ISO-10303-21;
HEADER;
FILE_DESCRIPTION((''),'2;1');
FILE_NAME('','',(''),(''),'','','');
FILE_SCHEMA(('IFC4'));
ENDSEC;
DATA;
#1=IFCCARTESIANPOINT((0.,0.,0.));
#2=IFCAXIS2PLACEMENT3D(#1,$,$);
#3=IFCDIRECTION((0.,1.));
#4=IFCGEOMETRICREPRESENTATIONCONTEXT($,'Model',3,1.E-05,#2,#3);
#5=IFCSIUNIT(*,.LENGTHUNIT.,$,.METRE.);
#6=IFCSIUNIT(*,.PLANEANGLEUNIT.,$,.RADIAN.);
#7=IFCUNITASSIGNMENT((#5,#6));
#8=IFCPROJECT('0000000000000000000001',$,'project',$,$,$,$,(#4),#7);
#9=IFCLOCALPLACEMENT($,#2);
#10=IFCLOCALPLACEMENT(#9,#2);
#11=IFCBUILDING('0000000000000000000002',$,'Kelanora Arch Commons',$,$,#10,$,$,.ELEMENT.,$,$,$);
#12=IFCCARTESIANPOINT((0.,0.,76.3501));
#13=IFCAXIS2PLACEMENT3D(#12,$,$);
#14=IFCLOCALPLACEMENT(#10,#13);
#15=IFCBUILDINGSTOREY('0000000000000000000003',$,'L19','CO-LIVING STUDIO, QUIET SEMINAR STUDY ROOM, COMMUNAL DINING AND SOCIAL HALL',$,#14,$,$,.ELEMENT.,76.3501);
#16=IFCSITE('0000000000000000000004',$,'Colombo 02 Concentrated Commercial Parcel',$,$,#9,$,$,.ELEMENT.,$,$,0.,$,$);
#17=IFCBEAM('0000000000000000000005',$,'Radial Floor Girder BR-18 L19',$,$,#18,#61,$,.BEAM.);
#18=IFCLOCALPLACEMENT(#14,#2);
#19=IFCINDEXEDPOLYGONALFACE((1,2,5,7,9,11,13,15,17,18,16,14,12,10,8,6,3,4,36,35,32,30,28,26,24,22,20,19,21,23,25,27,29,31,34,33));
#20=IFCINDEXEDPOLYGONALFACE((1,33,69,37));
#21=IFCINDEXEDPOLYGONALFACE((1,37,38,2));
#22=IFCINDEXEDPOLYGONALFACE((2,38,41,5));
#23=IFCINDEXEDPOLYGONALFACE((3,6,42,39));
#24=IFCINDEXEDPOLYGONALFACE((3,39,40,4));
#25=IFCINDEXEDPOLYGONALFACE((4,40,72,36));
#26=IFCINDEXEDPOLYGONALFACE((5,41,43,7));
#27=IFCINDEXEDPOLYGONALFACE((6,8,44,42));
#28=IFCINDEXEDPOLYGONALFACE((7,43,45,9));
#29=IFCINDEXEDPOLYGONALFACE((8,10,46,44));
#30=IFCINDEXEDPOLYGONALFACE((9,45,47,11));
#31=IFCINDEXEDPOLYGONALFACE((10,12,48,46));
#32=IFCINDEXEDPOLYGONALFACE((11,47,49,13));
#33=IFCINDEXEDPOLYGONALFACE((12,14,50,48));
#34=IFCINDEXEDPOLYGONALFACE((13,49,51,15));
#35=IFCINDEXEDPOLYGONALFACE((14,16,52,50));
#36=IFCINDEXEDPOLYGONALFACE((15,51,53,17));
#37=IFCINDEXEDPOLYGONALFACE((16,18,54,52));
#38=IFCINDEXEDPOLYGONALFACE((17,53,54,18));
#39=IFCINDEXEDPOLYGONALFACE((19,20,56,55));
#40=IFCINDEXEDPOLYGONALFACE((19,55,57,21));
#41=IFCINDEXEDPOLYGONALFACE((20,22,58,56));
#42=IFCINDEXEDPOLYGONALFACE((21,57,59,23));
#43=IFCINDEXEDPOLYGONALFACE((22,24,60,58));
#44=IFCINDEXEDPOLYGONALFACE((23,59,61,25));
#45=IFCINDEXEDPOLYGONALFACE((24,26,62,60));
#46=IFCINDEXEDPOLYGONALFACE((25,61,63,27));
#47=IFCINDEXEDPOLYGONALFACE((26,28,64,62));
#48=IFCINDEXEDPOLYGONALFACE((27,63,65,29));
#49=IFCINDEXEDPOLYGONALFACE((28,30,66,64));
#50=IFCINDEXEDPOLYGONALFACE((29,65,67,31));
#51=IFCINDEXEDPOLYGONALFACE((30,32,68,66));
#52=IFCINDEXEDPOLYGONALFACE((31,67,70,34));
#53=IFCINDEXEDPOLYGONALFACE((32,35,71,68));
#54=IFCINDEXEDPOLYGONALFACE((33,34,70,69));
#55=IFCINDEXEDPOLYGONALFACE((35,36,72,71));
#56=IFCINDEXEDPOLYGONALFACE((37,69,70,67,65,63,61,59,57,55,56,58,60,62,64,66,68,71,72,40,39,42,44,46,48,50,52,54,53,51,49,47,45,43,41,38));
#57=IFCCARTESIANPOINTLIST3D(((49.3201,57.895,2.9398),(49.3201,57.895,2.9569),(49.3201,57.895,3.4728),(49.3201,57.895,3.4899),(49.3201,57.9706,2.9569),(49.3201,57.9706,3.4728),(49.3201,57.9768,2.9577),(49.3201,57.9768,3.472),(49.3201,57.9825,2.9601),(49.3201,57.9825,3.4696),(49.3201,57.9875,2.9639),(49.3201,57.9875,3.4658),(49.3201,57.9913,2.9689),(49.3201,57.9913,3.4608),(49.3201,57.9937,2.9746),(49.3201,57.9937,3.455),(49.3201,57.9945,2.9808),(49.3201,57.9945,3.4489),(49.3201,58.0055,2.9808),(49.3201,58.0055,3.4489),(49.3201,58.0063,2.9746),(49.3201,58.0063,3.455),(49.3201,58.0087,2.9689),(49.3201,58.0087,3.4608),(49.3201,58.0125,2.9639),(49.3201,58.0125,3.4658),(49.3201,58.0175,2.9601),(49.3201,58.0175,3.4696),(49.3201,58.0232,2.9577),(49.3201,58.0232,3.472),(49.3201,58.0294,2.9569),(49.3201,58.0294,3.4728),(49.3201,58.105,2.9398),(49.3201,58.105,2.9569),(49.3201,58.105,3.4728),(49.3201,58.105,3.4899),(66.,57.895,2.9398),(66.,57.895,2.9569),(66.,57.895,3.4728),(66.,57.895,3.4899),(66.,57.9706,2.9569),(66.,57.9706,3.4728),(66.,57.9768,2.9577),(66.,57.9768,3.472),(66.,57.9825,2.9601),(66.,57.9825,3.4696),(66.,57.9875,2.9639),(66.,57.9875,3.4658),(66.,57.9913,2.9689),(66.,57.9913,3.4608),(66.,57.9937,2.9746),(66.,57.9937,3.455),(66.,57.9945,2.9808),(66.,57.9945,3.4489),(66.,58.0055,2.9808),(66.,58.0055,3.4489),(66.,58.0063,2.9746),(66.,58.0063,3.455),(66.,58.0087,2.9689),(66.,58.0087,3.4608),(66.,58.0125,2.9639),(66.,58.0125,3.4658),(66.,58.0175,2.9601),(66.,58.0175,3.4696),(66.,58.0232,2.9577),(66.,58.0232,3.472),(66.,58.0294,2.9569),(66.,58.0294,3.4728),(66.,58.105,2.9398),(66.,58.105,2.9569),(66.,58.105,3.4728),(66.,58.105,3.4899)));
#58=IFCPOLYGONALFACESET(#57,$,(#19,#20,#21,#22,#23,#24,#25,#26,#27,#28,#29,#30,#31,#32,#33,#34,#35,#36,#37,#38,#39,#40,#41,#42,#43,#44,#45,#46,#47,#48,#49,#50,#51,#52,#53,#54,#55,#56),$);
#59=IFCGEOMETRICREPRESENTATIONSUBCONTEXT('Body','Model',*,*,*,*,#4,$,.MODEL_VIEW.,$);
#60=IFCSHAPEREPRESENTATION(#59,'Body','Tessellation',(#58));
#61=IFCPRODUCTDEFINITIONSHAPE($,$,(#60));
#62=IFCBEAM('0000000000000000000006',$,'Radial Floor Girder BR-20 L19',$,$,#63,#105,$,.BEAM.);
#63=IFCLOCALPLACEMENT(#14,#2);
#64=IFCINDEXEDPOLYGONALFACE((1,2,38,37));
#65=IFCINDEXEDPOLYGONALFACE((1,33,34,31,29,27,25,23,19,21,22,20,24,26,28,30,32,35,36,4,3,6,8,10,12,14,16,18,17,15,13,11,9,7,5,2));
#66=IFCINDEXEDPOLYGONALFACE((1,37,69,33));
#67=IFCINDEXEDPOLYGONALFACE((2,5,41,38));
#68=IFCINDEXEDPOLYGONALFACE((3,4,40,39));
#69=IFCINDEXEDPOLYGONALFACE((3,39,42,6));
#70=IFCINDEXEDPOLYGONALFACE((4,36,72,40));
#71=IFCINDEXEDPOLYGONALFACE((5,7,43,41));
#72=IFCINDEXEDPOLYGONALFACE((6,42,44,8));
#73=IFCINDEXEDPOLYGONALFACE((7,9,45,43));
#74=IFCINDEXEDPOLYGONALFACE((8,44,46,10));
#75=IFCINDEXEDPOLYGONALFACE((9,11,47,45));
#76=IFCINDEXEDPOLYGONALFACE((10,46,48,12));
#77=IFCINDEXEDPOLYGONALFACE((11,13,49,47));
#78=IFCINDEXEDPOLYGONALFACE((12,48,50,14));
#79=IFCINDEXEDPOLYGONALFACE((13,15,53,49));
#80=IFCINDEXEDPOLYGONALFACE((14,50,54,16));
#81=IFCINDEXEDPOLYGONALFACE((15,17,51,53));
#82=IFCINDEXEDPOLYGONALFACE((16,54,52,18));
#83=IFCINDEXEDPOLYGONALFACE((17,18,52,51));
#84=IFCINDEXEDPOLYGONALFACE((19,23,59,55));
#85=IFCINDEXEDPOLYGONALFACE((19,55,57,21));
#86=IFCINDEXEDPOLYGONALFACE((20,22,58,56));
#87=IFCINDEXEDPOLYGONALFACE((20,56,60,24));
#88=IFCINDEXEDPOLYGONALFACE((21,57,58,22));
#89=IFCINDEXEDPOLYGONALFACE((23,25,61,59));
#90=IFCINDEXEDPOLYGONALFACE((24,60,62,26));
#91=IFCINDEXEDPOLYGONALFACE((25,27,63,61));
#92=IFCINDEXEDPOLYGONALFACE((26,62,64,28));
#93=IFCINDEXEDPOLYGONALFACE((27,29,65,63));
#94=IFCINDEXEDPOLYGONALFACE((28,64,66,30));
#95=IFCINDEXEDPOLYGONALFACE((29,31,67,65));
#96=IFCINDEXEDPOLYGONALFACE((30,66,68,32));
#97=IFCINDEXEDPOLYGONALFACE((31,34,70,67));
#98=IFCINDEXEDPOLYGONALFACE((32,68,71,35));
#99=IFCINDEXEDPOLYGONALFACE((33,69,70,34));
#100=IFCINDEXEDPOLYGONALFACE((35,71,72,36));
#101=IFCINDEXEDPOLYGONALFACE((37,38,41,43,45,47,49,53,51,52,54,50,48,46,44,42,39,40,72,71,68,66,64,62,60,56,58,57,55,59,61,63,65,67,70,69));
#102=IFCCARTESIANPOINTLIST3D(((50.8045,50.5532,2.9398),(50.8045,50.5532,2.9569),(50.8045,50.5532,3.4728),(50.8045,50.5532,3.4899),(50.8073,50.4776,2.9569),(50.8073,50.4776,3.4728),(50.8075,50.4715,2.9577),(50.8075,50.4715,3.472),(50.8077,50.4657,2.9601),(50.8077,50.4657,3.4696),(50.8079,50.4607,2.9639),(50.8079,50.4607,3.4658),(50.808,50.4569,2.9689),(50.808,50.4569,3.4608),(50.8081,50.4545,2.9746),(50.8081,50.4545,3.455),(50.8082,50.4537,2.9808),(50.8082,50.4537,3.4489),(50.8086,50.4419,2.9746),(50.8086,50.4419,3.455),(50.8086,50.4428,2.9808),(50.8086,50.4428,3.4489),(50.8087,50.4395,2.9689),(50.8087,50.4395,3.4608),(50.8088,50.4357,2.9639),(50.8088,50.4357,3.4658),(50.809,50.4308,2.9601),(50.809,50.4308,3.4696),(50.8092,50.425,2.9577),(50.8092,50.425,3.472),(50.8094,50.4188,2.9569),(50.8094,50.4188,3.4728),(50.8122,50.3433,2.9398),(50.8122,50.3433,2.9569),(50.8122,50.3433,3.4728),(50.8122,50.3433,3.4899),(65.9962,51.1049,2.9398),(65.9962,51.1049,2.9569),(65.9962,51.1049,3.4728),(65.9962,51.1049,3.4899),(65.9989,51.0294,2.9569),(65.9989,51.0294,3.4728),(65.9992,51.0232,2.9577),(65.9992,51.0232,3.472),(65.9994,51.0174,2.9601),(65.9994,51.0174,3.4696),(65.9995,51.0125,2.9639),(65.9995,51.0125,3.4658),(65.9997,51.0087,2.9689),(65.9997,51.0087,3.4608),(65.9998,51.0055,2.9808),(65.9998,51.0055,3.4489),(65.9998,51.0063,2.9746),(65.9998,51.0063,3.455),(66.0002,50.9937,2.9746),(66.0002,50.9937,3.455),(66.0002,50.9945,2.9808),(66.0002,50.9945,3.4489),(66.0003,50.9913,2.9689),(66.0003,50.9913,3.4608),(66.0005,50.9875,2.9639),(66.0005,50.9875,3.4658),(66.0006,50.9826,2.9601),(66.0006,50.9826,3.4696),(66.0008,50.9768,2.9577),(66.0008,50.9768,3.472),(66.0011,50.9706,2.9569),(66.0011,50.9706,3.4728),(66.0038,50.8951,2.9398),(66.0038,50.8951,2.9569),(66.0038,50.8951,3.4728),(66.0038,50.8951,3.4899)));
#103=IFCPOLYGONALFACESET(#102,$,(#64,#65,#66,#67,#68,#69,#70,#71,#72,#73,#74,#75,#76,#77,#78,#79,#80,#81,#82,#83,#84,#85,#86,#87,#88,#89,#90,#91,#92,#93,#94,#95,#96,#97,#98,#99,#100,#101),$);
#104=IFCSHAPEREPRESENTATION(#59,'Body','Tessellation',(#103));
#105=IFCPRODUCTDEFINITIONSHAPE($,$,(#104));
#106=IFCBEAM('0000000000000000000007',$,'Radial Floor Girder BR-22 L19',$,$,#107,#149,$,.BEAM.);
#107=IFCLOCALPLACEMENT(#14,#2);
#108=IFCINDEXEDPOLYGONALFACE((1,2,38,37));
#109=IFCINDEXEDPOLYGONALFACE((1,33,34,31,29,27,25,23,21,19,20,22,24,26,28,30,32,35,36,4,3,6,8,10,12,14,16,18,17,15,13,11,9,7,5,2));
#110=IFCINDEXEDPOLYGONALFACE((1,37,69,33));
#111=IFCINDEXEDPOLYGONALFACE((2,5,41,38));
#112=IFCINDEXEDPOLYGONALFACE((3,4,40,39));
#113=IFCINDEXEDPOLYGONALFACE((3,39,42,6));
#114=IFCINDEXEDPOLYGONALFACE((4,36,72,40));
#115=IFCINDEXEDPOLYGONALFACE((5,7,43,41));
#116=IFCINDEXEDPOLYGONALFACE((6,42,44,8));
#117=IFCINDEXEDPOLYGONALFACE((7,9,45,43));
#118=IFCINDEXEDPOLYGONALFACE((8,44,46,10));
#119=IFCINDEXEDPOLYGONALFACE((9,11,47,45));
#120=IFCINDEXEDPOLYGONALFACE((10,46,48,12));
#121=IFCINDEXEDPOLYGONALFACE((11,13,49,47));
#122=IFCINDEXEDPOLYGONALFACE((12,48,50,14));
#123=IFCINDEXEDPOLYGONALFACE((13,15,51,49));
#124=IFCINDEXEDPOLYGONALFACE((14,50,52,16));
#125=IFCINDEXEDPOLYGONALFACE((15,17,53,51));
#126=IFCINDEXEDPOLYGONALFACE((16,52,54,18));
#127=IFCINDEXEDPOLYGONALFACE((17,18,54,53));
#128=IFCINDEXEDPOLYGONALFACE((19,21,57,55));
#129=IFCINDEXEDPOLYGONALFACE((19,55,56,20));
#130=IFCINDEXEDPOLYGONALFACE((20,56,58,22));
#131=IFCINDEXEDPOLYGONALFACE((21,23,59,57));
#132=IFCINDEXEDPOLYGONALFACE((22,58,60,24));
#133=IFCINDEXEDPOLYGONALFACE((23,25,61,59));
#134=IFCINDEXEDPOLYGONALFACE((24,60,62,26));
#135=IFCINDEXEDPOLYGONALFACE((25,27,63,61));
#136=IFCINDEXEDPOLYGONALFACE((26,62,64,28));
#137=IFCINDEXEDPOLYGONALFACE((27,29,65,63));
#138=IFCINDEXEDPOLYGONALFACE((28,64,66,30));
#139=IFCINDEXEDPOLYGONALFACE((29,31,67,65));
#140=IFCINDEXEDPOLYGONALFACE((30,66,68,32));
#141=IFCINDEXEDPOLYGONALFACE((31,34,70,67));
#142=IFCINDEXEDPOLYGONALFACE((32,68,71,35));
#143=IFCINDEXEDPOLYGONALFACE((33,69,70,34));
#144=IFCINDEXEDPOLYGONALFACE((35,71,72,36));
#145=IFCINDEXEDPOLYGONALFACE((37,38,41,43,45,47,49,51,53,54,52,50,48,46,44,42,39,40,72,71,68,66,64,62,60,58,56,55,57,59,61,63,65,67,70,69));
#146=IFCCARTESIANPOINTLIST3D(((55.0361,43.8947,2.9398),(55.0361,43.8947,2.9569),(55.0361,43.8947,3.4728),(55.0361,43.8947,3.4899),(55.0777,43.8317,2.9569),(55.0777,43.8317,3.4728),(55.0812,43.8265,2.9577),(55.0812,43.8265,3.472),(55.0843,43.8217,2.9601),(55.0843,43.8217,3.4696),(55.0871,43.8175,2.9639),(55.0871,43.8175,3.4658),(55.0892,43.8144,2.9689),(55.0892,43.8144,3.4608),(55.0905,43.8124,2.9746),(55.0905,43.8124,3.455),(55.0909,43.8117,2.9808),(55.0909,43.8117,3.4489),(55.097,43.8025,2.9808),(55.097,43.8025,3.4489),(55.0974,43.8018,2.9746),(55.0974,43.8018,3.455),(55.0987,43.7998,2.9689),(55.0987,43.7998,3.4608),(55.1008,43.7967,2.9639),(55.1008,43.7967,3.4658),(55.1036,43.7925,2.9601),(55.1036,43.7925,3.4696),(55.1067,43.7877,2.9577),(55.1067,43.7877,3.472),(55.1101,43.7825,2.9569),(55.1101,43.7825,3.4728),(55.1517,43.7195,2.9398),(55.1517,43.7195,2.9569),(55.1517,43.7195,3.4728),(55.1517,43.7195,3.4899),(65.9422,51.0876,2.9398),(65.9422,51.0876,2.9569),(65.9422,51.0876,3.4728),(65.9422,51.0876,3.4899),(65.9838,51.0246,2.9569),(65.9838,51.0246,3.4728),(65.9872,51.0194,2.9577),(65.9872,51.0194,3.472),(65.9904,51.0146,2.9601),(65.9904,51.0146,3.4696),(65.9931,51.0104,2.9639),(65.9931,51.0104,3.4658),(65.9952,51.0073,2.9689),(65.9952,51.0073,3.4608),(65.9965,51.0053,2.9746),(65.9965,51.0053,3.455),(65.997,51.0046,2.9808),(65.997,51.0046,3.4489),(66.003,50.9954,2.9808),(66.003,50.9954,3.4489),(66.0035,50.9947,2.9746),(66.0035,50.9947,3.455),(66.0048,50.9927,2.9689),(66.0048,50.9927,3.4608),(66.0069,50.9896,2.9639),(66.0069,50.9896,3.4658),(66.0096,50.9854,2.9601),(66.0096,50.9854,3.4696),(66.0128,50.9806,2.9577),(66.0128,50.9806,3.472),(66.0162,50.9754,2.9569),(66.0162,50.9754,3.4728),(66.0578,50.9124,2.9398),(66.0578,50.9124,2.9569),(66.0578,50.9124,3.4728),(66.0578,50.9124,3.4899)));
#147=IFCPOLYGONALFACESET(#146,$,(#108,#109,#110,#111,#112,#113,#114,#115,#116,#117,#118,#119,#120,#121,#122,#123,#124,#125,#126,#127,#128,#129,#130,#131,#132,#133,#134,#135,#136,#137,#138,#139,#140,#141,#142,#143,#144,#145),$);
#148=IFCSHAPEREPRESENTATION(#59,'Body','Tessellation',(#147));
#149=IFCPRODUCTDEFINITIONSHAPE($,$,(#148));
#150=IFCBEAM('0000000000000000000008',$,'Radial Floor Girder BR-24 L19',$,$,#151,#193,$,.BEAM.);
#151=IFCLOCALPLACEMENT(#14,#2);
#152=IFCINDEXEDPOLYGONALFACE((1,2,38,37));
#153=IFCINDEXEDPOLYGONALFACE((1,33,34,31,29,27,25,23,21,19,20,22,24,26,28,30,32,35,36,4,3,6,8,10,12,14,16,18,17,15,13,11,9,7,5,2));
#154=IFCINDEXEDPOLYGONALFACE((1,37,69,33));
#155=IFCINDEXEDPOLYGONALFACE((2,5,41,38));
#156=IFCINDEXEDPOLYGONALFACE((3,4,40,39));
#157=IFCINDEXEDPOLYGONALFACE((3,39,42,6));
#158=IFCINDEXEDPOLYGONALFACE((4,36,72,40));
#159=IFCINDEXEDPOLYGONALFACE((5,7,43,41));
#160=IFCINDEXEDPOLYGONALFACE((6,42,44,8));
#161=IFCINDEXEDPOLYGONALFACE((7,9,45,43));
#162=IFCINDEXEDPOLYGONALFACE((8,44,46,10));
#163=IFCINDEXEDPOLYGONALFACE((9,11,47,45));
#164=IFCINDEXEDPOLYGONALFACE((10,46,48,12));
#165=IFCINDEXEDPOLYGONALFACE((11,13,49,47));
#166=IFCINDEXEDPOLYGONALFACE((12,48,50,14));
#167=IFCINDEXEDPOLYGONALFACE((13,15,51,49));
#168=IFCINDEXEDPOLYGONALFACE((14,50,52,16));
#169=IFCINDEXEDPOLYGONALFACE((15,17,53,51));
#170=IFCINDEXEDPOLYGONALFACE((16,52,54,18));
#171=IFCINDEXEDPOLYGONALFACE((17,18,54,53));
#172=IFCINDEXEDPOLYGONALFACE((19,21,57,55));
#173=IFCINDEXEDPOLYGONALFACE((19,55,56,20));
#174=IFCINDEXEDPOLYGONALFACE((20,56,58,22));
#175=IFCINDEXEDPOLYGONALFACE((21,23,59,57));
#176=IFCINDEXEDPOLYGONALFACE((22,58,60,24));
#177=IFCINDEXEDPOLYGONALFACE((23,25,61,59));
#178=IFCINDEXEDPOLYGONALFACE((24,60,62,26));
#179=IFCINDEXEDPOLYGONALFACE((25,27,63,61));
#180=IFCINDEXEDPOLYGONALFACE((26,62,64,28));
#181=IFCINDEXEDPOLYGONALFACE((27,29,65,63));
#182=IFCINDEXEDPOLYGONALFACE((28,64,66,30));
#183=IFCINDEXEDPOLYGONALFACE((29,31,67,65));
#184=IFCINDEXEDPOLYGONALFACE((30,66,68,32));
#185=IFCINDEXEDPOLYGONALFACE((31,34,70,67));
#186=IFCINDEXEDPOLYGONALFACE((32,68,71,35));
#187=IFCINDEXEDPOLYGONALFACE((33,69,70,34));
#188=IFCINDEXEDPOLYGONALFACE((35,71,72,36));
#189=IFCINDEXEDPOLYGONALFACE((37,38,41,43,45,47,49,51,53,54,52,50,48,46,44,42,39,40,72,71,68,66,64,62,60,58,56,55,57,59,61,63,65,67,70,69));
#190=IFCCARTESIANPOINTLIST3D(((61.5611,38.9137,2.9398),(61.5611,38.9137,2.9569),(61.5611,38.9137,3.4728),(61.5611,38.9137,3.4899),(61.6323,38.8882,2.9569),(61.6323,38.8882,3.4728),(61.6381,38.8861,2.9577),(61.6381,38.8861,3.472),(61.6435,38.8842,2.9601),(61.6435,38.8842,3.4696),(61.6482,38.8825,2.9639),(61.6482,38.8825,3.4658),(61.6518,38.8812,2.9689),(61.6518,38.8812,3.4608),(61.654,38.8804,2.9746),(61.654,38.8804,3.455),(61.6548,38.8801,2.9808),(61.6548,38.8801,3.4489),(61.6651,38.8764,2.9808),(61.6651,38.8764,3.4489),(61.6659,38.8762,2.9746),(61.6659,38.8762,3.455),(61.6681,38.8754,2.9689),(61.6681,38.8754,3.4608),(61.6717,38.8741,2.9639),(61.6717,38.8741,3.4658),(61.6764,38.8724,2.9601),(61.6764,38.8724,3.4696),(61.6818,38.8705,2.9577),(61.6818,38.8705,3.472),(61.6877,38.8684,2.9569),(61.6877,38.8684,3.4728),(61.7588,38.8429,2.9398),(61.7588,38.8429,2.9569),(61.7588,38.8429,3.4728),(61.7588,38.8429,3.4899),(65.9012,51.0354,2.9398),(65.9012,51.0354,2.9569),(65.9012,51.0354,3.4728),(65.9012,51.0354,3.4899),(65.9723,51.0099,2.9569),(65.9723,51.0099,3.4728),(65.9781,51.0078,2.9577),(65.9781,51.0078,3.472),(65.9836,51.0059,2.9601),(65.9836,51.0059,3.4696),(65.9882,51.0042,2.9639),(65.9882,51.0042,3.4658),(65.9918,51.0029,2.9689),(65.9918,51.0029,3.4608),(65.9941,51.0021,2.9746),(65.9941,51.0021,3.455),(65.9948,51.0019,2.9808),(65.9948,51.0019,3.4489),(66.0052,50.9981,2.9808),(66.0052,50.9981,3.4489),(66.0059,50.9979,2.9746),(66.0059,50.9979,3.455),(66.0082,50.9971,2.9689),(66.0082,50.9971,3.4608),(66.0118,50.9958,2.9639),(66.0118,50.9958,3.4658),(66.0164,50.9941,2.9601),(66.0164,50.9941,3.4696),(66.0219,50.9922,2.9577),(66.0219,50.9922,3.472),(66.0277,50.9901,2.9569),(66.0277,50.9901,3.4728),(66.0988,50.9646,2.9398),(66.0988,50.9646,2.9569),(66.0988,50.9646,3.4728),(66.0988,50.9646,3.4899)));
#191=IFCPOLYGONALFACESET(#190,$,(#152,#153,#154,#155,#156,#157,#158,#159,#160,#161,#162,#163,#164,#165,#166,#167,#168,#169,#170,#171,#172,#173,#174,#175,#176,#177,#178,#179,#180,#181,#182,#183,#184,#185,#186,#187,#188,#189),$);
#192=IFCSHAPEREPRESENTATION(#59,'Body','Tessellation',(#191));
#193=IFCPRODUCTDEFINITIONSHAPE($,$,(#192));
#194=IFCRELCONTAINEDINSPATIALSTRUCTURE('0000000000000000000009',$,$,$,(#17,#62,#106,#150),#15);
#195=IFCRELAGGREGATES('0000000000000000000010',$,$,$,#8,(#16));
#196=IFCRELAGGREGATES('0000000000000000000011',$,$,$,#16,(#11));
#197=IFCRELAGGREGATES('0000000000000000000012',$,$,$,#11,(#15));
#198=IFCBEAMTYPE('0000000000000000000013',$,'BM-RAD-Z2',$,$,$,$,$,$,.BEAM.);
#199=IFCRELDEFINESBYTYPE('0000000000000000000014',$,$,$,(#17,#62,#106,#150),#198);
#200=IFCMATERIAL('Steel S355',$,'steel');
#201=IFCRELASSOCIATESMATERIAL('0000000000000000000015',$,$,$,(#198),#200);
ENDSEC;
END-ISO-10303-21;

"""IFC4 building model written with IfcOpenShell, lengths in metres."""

from ifc_helpers import new_model, si_unit, direction, frame, origin, origin_2d, place, context, subcontext, project, spatial, i_section, extrude, material, material_profile, profile_set, type_object, element, save


model = new_model("IFC4")

# Units and contexts
model_context = context("Model", 3, precision=1e-05, world=origin(), true_north=direction((0.0, 1.0)))
body_context = subcontext(model_context, "Body", "Model", "MODEL_VIEW")
ifc_project = project(units=[si_unit("LENGTHUNIT", "METRE"), si_unit("PLANEANGLEUNIT", "RADIAN")], contexts=[model_context])

# Site, building, storey
site_placement = place(None, origin())
site = spatial("IfcSite", under=ifc_project, at=site_placement, Name="Colombo 02 Concentrated Commercial Parcel", CompositionType="ELEMENT", RefElevation=0.0)
building_placement = place(site_placement, origin())
building = spatial("IfcBuilding", under=site, at=building_placement, Name="Kelanora Arch Commons", CompositionType="ELEMENT")
storey_placement = place(building_placement, frame((0.0, 0.0, 76.3501)))
storey = spatial("IfcBuildingStorey", under=building, at=storey_placement, Name="L19", Description="CO-LIVING STUDIO, QUIET SEMINAR STUDY ROOM, COMMUNAL DINING AND SOCIAL HALL", CompositionType="ELEMENT", Elevation=76.3501)

# Beams
ifc_material_1 = material(Name="Steel S355", Category="steel")
ifc_material_profile_1 = material_profile(ifc_material_1, i_section(OverallWidth=0.21, OverallDepth=0.55, WebThickness=0.011, FlangeThickness=0.0171, FilletRadius=0.0239, at=origin_2d()), Name="IPE550")
ifc_profile_set_1 = profile_set([ifc_material_profile_1], Name="Steel S355")
beam_type_1 = type_object("IfcBeamType", Name="BM-RAD-Z2", PredefinedType="BEAM", material=ifc_profile_set_1)
beam_1_placement = place(storey_placement, frame((66.0, 58.0, 3.2148), z_axis=(-1.0, 0.0, 0.0), x_axis=(0.0, -1.0, 0.0)))
element("IfcBeam", 1, at=beam_1_placement, inside=storey, type_object=beam_type_1, Name="Radial Floor Girder BR-18 L19", PredefinedType="BEAM", context=body_context, shape_type="SweptSolid", body=[
    extrude(i_section(OverallWidth=0.21, OverallDepth=0.55, WebThickness=0.011, FlangeThickness=0.0171, FilletRadius=0.0239, at=origin_2d()), origin(), (0.0, 0.0, 1.0), 16.6799),
])
beam_2_placement = place(storey_placement, frame((66.0, 51.0, 3.2148), z_axis=(-0.999341, -0.036296, 0.0), x_axis=(0.036296, -0.999341, 0.0)))
element("IfcBeam", 2, at=beam_2_placement, inside=storey, type_object=beam_type_1, Name="Radial Floor Girder BR-20 L19", PredefinedType="BEAM", context=body_context, shape_type="SweptSolid", body=[
    extrude(i_section(OverallWidth=0.21, OverallDepth=0.55, WebThickness=0.011, FlangeThickness=0.0171, FilletRadius=0.0239, at=origin_2d()), origin(), (0.0, 0.0, 1.0), 15.2017),
])
beam_3_placement = place(storey_placement, frame((66.0, 51.0, 3.2148), z_axis=(-0.834789, -0.550571, 0.0), x_axis=(0.550571, -0.834789, 0.0)))
element("IfcBeam", 3, at=beam_3_placement, inside=storey, type_object=beam_type_1, Name="Radial Floor Girder BR-22 L19", PredefinedType="BEAM", context=body_context, shape_type="SweptSolid", body=[
    extrude(i_section(OverallWidth=0.21, OverallDepth=0.55, WebThickness=0.011, FlangeThickness=0.0171, FilletRadius=0.0239, at=origin_2d()), origin(), (0.0, 0.0, 1.0), 13.0645),
])
beam_4_placement = place(storey_placement, frame((66.0, 51.0, 3.2148), z_axis=(-0.337085, -0.941474, 0.0), x_axis=(0.941474, -0.337085, 0.0)))
element("IfcBeam", 4, at=beam_4_placement, inside=storey, type_object=beam_type_1, Name="Radial Floor Girder BR-24 L19", PredefinedType="BEAM", context=body_context, shape_type="SweptSolid", body=[
    extrude(i_section(OverallWidth=0.21, OverallDepth=0.55, WebThickness=0.011, FlangeThickness=0.0171, FilletRadius=0.0239, at=origin_2d()), origin(), (0.0, 0.0, 1.0), 12.8752),
])

save(model, "model.ifc")
